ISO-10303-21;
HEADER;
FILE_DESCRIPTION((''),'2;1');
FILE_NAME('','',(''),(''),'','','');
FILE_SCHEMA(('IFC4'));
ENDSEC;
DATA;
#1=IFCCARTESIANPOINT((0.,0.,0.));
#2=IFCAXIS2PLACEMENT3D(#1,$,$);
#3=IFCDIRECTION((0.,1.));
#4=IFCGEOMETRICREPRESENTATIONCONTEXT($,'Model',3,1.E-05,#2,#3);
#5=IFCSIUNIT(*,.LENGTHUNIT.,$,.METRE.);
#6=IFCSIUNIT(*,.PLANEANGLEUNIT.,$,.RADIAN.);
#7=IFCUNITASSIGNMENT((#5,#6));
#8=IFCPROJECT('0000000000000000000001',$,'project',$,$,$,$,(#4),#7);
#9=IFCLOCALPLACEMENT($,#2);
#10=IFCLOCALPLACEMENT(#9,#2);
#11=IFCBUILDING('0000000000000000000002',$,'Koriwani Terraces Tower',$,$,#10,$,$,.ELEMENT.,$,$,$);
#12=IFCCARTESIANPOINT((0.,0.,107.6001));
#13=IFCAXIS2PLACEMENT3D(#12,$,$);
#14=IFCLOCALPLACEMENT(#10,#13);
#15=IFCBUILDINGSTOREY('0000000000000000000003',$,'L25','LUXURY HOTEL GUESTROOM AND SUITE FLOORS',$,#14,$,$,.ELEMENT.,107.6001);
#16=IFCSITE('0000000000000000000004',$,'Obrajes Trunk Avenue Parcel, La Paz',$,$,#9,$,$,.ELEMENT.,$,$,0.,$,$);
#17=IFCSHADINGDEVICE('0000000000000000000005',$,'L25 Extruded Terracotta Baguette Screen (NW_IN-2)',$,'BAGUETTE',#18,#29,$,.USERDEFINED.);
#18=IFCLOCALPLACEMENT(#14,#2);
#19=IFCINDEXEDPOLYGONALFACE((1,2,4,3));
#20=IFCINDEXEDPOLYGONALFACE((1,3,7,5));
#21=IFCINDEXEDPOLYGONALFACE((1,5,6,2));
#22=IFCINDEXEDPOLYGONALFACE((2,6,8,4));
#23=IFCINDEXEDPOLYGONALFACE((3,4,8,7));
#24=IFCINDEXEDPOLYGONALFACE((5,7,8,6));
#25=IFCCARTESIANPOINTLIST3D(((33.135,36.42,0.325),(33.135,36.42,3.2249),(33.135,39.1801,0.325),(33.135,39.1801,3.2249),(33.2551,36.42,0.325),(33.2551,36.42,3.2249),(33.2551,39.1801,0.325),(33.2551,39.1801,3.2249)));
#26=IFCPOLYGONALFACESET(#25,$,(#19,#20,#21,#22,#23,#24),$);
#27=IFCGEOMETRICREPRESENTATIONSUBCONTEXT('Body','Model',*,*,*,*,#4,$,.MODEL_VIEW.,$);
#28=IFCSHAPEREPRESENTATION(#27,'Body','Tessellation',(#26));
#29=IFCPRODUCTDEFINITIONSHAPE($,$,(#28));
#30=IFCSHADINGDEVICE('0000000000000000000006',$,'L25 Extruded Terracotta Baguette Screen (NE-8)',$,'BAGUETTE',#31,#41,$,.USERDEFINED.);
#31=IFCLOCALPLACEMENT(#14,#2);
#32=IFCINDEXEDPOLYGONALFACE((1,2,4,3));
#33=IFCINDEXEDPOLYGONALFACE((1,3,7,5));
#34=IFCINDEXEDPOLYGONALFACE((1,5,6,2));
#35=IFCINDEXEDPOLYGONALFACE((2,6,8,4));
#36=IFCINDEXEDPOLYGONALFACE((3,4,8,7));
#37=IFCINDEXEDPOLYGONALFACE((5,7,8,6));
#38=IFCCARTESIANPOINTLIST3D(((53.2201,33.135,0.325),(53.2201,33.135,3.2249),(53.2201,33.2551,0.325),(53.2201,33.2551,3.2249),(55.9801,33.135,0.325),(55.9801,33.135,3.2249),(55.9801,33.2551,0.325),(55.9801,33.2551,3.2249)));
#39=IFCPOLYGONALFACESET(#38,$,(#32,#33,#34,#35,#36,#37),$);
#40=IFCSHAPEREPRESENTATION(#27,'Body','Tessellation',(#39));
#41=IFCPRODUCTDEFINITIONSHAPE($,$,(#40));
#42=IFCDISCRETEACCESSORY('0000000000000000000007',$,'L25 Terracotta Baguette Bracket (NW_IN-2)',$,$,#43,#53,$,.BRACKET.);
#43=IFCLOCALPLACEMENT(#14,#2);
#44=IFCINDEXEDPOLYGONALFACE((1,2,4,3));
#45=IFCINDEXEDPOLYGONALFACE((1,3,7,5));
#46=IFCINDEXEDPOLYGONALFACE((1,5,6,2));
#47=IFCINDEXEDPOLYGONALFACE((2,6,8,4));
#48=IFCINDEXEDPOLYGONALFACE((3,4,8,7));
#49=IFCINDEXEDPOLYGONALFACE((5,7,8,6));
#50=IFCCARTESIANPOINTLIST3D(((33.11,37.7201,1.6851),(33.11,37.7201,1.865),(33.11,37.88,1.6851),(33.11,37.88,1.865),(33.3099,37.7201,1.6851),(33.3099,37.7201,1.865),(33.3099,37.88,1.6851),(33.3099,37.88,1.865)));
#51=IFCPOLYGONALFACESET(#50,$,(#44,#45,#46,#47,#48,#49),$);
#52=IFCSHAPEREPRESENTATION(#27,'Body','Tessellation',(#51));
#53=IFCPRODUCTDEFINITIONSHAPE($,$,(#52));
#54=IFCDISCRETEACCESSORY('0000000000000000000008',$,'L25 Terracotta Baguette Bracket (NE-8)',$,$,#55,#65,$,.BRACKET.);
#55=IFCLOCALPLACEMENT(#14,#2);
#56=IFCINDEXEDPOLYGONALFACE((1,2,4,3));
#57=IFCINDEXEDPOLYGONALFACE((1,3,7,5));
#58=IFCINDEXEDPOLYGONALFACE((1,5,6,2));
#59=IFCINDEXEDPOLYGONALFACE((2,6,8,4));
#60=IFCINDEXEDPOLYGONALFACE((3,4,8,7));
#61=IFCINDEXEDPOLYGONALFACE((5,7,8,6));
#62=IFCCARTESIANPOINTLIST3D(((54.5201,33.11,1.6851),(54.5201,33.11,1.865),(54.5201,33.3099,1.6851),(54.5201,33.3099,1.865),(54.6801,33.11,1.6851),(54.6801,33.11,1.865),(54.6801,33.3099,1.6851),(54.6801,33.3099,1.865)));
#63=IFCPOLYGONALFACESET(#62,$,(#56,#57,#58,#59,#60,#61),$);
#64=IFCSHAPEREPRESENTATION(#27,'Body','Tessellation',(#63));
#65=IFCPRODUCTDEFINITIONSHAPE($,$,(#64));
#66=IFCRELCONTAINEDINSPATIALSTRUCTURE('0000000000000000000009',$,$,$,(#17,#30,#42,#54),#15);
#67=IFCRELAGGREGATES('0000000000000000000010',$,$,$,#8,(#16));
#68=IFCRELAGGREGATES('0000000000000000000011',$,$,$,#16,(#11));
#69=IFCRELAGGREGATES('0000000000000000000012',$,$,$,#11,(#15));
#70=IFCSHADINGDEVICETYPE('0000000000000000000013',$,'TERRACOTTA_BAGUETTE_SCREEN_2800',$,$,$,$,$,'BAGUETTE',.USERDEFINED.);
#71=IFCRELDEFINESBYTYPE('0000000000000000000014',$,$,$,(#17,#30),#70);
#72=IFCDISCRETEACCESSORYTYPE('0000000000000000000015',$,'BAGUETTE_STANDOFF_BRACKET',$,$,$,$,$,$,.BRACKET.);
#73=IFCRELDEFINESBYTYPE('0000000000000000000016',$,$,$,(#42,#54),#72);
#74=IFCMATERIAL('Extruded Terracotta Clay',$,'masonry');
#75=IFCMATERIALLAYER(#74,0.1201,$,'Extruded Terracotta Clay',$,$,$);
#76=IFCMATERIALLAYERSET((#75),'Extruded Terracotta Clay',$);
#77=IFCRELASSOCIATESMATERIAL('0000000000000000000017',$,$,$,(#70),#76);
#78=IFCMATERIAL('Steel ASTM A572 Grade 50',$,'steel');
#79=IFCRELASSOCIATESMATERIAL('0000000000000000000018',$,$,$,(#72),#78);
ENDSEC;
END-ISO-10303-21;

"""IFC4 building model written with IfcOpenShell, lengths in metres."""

from ifc_helpers import new_model, si_unit, direction, frame, origin, origin_2d, place, context, subcontext, project, spatial, rectangle, extrude, material, layer, layer_set, type_object, element, save


model = new_model("IFC4")

# Units and contexts
model_context = context("Model", 3, precision=1e-05, world=origin(), true_north=direction((0.0, 1.0)))
body_context = subcontext(model_context, "Body", "Model", "MODEL_VIEW")
ifc_project = project(units=[si_unit("LENGTHUNIT", "METRE"), si_unit("PLANEANGLEUNIT", "RADIAN")], contexts=[model_context])

# Site, building, storey
site_placement = place(None, origin())
site = spatial("IfcSite", under=ifc_project, at=site_placement, Name="Obrajes Trunk Avenue Parcel, La Paz", CompositionType="ELEMENT", RefElevation=0.0)
building_placement = place(site_placement, origin())
building = spatial("IfcBuilding", under=site, at=building_placement, Name="Koriwani Terraces Tower", CompositionType="ELEMENT")
storey_placement = place(building_placement, frame((0.0, 0.0, 107.6001)))
storey = spatial("IfcBuildingStorey", under=building, at=storey_placement, Name="L25", Description="LUXURY HOTEL GUESTROOM AND SUITE FLOORS", CompositionType="ELEMENT", Elevation=107.6001)

# Shared definitions
ifc_material_1 = material(Name="Steel ASTM A572 Grade 50", Category="steel")

# Shading devices
ifc_material_2 = material(Name="Extruded Terracotta Clay", Category="masonry")
ifc_layer_1 = layer(ifc_material_2, 0.1201, Name="Extruded Terracotta Clay")
ifc_layer_set_1 = layer_set([ifc_layer_1], Name="Extruded Terracotta Clay")
shading_device_type = type_object("IfcShadingDeviceType", Name="TERRACOTTA_BAGUETTE_SCREEN_2800", ElementType="BAGUETTE", PredefinedType="USERDEFINED", material=ifc_layer_set_1)
for number, where, z_axis, x_axis, name in (
    (1, (33.1951, 37.8, 0.325), (0.0, 0.0, 1.0), (0.0, -1.0, 0.0), "L25 Extruded Terracotta Baguette Screen (NW_IN-2)"),
    (2, (54.6001, 33.1951, 0.325), (0.0, 0.0, 1.0), (1.0, 0.0, 0.0), "L25 Extruded Terracotta Baguette Screen (NE-8)"),
):
    element("IfcShadingDevice", number, at=place(storey_placement, frame(where, z_axis=z_axis, x_axis=x_axis)), inside=storey, type_object=shading_device_type, Name=name, ObjectType="BAGUETTE", PredefinedType="USERDEFINED", context=body_context, shape_type="SweptSolid", body=[
        extrude(rectangle(XDim=2.76, YDim=0.1201, at=origin_2d()), origin(), (0.0, 0.0, 1.0), 2.8999),
    ])

# Discrete accessories
discrete_accessory_type = type_object("IfcDiscreteAccessoryType", Name="BAGUETTE_STANDOFF_BRACKET", PredefinedType="BRACKET", material=ifc_material_1)
for number, where, z_axis, x_axis, name in (
    (3, (33.21, 37.8, 1.6851), (0.0, 0.0, 1.0), (0.0, -1.0, 0.0), "L25 Terracotta Baguette Bracket (NW_IN-2)"),
    (4, (54.6001, 33.21, 1.6851), (0.0, 0.0, 1.0), (1.0, 0.0, 0.0), "L25 Terracotta Baguette Bracket (NE-8)"),
):
    element("IfcDiscreteAccessory", number, at=place(storey_placement, frame(where, z_axis=z_axis, x_axis=x_axis)), inside=storey, type_object=discrete_accessory_type, Name=name, PredefinedType="BRACKET", context=body_context, shape_type="SweptSolid", body=[
        extrude(rectangle(XDim=0.1599, YDim=0.2, at=origin_2d()), origin(), (0.0, 0.0, 1.0), 0.1799),
    ])

save(model, "model.ifc")
